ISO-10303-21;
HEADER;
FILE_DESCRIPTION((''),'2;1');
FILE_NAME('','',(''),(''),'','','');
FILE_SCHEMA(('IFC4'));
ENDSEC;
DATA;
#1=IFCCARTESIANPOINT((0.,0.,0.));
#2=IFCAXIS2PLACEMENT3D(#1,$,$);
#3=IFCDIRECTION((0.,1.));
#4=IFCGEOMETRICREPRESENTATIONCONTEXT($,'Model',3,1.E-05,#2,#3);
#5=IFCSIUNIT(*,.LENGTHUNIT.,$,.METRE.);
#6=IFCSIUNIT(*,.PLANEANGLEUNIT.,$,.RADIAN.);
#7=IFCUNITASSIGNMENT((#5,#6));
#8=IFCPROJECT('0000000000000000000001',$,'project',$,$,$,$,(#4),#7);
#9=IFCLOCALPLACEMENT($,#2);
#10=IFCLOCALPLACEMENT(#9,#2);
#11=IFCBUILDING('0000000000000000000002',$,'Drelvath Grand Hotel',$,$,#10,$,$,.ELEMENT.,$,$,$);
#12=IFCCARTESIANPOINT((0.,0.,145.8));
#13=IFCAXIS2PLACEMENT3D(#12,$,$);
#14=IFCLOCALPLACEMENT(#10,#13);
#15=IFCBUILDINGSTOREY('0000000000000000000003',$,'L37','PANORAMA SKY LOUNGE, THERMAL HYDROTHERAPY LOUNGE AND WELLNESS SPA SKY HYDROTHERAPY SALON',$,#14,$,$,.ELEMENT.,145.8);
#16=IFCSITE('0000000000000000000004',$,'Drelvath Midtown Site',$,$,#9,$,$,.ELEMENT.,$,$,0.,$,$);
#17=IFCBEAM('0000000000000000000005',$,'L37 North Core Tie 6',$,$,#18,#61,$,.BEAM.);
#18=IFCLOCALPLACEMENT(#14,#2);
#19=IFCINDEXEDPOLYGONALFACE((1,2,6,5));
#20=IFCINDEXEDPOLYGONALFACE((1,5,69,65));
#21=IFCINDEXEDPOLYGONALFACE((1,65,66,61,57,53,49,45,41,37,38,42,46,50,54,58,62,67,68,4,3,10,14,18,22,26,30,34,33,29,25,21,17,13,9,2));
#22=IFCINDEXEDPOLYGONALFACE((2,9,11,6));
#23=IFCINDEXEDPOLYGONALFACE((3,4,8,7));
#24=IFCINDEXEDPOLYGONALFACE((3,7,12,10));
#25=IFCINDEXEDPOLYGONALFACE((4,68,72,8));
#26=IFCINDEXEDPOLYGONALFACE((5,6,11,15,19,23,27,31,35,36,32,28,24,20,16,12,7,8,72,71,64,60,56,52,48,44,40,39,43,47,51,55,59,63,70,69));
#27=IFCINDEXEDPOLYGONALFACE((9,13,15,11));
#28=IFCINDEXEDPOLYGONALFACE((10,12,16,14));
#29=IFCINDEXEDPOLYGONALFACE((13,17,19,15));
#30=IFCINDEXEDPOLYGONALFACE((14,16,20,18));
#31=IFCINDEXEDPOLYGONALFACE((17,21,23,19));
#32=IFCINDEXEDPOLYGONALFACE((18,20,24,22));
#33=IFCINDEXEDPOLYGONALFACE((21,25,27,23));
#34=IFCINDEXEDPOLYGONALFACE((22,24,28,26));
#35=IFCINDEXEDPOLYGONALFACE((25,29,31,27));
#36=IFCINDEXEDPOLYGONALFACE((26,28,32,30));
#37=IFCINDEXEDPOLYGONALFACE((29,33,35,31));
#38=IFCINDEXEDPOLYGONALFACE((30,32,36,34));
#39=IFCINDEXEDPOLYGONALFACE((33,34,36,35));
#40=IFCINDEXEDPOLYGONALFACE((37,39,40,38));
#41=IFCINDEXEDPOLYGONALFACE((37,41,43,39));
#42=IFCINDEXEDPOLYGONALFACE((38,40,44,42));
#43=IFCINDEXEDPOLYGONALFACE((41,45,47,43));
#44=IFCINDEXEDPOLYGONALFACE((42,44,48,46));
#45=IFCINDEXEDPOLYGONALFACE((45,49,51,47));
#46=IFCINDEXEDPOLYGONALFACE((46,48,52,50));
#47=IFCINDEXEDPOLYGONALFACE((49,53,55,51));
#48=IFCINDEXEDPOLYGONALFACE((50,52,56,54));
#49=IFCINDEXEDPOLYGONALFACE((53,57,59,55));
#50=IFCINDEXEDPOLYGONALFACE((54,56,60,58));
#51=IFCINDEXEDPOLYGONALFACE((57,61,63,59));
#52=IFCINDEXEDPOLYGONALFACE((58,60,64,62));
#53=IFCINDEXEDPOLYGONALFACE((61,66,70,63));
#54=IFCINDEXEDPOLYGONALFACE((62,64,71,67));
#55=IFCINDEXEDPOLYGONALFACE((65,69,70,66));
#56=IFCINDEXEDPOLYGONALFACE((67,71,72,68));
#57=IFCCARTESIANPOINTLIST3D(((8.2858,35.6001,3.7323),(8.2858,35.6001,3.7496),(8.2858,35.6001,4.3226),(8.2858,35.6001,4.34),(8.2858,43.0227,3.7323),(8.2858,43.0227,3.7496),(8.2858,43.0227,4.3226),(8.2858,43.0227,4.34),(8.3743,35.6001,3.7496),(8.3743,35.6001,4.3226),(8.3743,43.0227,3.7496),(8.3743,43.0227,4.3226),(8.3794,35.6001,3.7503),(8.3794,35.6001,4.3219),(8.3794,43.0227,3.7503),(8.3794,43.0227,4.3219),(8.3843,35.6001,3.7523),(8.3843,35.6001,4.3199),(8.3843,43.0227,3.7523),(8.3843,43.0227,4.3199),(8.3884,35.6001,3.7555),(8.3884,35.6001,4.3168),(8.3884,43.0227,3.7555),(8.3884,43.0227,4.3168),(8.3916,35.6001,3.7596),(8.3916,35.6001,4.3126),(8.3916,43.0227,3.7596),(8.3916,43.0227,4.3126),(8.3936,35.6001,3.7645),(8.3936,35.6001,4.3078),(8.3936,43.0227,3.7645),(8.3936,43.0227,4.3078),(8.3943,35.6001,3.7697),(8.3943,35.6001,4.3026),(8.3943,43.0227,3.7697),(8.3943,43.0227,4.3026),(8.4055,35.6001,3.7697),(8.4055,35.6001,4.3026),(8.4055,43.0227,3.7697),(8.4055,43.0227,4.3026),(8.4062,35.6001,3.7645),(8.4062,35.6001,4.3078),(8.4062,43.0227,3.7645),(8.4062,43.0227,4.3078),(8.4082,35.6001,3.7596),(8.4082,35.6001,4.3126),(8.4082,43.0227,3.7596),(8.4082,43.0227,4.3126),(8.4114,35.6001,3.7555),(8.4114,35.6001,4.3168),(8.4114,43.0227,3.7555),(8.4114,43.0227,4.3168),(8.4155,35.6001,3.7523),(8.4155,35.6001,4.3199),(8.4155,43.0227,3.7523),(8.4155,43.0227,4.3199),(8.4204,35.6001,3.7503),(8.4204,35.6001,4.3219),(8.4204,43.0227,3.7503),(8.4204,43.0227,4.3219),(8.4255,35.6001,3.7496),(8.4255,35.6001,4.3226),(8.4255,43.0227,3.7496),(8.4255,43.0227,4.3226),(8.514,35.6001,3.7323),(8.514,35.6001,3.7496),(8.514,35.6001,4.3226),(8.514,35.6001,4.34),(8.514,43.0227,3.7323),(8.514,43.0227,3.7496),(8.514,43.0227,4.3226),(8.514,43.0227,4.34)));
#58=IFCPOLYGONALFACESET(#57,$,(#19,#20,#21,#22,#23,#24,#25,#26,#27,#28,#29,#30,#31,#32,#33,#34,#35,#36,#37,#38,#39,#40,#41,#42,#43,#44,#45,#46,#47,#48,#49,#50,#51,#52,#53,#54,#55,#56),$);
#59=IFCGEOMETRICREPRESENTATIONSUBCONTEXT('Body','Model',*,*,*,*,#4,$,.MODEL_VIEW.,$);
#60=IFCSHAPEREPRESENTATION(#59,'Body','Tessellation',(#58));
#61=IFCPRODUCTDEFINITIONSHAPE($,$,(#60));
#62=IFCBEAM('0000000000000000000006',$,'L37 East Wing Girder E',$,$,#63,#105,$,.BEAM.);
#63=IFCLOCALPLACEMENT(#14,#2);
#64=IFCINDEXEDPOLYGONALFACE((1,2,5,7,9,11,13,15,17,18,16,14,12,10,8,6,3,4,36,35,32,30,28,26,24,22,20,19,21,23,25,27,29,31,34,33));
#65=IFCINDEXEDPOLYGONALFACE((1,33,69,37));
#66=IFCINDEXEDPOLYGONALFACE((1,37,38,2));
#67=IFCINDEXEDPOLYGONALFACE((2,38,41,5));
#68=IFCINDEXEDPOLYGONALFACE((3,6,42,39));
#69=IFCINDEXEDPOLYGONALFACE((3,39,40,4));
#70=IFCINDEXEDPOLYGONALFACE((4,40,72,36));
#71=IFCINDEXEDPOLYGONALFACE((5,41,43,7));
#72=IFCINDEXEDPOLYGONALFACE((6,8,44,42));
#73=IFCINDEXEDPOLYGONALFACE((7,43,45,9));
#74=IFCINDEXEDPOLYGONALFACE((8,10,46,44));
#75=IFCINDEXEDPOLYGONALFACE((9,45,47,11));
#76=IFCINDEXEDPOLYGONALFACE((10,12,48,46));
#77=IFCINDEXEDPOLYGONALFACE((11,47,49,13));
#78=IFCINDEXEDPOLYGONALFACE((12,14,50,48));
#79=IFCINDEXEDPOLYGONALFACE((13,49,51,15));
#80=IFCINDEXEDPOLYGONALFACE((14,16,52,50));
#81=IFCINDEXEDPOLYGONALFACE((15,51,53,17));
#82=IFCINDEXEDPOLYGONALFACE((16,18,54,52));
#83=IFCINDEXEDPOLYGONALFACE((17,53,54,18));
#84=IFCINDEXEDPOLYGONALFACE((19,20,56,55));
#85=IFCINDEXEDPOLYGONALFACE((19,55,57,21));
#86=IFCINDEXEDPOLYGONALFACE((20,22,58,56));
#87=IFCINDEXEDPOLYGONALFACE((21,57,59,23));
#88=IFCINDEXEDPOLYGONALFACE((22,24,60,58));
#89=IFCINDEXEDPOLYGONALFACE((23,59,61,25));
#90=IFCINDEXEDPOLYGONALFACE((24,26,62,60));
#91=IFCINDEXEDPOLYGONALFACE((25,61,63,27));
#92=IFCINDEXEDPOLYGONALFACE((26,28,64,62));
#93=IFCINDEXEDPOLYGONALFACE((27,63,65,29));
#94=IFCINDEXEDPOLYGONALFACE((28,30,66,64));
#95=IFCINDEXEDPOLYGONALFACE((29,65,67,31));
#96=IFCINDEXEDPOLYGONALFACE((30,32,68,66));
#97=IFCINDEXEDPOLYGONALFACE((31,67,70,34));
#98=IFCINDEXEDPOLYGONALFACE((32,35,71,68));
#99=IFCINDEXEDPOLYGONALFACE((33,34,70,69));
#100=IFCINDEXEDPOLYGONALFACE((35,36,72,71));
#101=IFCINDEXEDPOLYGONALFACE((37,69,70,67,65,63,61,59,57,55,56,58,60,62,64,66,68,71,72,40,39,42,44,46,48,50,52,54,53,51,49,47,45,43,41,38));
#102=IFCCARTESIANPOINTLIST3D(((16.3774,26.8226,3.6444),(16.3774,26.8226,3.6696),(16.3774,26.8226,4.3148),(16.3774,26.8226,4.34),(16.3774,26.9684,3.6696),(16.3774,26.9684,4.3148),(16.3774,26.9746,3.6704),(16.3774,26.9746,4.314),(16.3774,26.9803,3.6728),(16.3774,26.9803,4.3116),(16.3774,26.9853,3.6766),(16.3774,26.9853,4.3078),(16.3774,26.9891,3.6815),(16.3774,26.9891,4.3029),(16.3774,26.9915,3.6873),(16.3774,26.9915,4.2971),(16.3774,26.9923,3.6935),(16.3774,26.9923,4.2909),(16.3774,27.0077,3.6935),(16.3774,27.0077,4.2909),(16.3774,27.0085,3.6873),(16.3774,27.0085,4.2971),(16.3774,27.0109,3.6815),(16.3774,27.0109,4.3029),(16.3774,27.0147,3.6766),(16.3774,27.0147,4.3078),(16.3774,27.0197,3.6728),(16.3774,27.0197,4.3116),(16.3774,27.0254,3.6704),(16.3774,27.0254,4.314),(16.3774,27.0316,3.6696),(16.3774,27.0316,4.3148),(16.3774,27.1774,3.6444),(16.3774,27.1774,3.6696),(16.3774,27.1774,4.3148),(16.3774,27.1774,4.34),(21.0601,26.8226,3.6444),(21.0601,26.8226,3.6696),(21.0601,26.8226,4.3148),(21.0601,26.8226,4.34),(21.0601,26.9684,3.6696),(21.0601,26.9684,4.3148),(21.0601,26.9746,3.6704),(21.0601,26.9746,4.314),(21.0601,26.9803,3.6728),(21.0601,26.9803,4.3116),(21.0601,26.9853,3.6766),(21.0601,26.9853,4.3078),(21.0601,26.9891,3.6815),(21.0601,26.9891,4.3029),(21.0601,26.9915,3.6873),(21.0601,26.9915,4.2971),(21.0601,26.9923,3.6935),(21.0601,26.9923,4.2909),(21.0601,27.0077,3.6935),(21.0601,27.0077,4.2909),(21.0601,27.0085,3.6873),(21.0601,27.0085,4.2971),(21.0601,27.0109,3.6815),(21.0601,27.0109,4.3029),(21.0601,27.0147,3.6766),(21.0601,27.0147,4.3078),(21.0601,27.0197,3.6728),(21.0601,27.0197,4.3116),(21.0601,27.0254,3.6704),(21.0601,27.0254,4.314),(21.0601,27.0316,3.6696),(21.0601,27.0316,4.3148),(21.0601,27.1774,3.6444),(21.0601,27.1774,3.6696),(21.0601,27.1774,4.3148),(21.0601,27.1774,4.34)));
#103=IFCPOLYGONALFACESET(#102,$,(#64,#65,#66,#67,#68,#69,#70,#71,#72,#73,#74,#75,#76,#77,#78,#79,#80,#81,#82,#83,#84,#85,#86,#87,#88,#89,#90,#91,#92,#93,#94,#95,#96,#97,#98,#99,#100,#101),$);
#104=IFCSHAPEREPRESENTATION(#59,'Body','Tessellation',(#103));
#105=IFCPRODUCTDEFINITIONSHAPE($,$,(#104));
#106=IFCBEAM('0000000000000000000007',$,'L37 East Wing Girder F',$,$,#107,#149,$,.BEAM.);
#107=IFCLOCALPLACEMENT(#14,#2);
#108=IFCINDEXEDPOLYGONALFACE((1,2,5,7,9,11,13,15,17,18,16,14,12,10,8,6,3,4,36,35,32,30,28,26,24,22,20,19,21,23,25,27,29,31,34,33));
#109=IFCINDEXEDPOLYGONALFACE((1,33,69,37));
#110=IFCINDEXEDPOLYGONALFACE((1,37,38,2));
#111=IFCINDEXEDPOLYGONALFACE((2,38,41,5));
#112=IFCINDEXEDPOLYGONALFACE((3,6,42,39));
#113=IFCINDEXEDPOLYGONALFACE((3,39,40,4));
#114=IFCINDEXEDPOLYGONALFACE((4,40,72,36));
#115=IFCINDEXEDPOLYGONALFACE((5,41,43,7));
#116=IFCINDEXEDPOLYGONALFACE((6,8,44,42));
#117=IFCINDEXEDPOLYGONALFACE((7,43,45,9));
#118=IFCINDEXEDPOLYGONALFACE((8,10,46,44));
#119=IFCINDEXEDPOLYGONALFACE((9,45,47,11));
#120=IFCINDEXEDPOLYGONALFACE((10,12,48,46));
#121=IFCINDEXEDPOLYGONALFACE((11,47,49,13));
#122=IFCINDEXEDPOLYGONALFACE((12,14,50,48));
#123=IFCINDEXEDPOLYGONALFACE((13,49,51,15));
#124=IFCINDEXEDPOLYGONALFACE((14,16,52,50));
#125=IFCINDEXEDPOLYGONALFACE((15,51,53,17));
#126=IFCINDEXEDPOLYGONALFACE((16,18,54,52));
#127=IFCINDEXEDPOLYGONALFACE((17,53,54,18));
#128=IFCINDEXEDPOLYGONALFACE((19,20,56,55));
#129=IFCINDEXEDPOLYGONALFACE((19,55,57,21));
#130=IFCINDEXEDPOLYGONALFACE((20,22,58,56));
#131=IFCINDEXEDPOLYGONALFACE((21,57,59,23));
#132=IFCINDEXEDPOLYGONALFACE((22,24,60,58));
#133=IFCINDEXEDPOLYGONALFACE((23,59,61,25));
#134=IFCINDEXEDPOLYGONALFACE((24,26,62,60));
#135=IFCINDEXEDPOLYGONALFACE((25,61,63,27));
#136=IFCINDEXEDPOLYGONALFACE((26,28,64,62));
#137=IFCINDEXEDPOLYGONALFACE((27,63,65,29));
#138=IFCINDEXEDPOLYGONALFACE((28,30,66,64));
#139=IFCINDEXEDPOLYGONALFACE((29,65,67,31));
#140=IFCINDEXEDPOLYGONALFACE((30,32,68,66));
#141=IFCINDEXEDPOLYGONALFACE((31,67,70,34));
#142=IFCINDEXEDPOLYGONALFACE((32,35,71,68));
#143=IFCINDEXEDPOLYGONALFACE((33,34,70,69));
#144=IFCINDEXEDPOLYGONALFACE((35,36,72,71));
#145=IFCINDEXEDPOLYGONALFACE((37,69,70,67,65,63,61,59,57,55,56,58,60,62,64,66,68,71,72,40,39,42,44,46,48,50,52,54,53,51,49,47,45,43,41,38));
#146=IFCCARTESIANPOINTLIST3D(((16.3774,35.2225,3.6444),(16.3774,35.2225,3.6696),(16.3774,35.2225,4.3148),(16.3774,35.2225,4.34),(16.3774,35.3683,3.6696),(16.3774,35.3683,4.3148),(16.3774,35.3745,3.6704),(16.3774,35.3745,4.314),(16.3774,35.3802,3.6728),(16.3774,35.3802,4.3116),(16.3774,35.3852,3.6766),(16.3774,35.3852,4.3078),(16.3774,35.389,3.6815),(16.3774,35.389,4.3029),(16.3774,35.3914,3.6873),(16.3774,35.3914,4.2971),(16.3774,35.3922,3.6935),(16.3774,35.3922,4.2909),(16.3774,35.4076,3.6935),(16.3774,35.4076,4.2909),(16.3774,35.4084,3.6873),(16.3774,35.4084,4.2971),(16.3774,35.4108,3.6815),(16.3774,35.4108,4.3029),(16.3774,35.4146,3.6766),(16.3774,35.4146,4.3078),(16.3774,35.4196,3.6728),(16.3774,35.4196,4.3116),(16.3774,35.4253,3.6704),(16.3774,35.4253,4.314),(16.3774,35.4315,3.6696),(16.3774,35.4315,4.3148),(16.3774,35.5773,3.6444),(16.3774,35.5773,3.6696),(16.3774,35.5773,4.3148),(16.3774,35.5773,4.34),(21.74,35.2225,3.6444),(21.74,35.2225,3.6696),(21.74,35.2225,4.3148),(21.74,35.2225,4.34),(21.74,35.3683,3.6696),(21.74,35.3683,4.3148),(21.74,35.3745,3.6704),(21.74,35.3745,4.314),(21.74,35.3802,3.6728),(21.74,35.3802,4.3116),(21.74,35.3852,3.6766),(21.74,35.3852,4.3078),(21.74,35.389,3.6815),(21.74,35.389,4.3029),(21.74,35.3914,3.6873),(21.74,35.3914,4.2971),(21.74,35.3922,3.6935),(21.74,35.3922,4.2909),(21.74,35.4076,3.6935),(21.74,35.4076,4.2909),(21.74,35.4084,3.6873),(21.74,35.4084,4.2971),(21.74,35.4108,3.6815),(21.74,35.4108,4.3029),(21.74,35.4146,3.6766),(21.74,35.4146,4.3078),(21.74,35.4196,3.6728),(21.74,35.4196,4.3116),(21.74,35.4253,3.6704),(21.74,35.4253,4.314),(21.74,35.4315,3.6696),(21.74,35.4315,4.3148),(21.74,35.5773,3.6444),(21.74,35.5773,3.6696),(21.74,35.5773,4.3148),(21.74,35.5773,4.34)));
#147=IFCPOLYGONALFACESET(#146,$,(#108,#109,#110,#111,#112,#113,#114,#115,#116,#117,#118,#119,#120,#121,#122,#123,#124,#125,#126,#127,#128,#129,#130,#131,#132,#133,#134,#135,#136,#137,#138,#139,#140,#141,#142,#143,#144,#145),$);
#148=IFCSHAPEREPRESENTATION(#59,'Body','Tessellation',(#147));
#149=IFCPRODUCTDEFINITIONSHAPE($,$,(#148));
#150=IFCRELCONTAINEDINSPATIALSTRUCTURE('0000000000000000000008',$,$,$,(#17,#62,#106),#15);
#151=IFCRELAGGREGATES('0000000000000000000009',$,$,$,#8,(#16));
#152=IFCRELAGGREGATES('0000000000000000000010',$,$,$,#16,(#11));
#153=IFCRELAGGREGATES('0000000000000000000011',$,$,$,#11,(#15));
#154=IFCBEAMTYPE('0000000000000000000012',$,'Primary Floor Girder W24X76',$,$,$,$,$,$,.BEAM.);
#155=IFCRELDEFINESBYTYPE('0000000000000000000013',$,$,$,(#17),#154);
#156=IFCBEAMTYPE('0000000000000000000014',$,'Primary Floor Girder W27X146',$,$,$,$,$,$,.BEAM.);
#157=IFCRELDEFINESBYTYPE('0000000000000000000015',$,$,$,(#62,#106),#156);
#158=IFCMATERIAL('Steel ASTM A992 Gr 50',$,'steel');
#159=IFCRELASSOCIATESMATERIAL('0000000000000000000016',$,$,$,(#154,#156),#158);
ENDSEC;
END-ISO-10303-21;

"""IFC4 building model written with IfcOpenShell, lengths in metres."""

from ifc_helpers import new_model, si_unit, direction, frame, origin, origin_2d, place, context, subcontext, project, spatial, i_section, extrude, material, material_profile, profile_set, type_object, element, save


model = new_model("IFC4")

# Units and contexts
model_context = context("Model", 3, precision=1e-05, world=origin(), true_north=direction((0.0, 1.0)))
body_context = subcontext(model_context, "Body", "Model", "MODEL_VIEW")
ifc_project = project(units=[si_unit("LENGTHUNIT", "METRE"), si_unit("PLANEANGLEUNIT", "RADIAN")], contexts=[model_context])

# Site, building, storey
site_placement = place(None, origin())
site = spatial("IfcSite", under=ifc_project, at=site_placement, Name="Drelvath Midtown Site", CompositionType="ELEMENT", RefElevation=0.0)
building_placement = place(site_placement, origin())
building = spatial("IfcBuilding", under=site, at=building_placement, Name="Drelvath Grand Hotel", CompositionType="ELEMENT")
storey_placement = place(building_placement, frame((0.0, 0.0, 145.8)))
storey = spatial("IfcBuildingStorey", under=building, at=storey_placement, Name="L37", Description="PANORAMA SKY LOUNGE, THERMAL HYDROTHERAPY LOUNGE AND WELLNESS SPA SKY HYDROTHERAPY SALON", CompositionType="ELEMENT", Elevation=145.8)

# Beams
ifc_material_1 = material(Name="Steel ASTM A992 Gr 50", Category="steel")
ifc_material_profile_1 = material_profile(ifc_material_1, i_section(OverallWidth=0.2283, OverallDepth=0.6077, WebThickness=0.0112, FlangeThickness=0.0173, FilletRadius=0.02, at=origin_2d()), Name="W24X76")
ifc_profile_set_1 = profile_set([ifc_material_profile_1], Name="Steel ASTM A992 Gr 50")
beam_type_1 = type_object("IfcBeamType", Name="Primary Floor Girder W24X76", PredefinedType="BEAM", material=ifc_profile_set_1)
for number, where, z_axis, x_axis, name in (
    (1, (8.3999, 35.6001, 4.0361), (0.0, 1.0, 0.0), (-1.0, 0.0, 0.0), "L37 North Core Tie 6"),
):
    element("IfcBeam", number, at=place(storey_placement, frame(where, z_axis=z_axis, x_axis=x_axis)), inside=storey, type_object=beam_type_1, Name=name, PredefinedType="BEAM", context=body_context, shape_type="SweptSolid", body=[
        extrude(i_section(OverallWidth=0.2283, OverallDepth=0.6077, WebThickness=0.0112, FlangeThickness=0.0173, FilletRadius=0.02, at=origin_2d()), origin(), (0.0, 0.0, 1.0), 7.4226),
    ])
ifc_material_profile_2 = material_profile(ifc_material_1, i_section(OverallWidth=0.3547, OverallDepth=0.6956, WebThickness=0.0154, FlangeThickness=0.0251, FilletRadius=0.0239, at=origin_2d()), Name="W27X146")
ifc_profile_set_2 = profile_set([ifc_material_profile_2], Name="Steel ASTM A992 Gr 50")
beam_type_2 = type_object("IfcBeamType", Name="Primary Floor Girder W27X146", PredefinedType="BEAM", material=ifc_profile_set_2)
beam_1_placement = place(storey_placement, frame((16.3774, 27.0, 3.9922), z_axis=(1.0, 0.0, 0.0), x_axis=(0.0, 1.0, 0.0)))
element("IfcBeam", 2, at=beam_1_placement, inside=storey, type_object=beam_type_2, Name="L37 East Wing Girder E", PredefinedType="BEAM", context=body_context, shape_type="SweptSolid", body=[
    extrude(i_section(OverallWidth=0.3547, OverallDepth=0.6956, WebThickness=0.0154, FlangeThickness=0.0251, FilletRadius=0.0239, at=origin_2d()), origin(), (0.0, 0.0, 1.0), 4.6826),
])
beam_2_placement = place(storey_placement, frame((16.3774, 35.3999, 3.9922), z_axis=(1.0, 0.0, 0.0), x_axis=(0.0, 1.0, 0.0)))
element("IfcBeam", 3, at=beam_2_placement, inside=storey, type_object=beam_type_2, Name="L37 East Wing Girder F", PredefinedType="BEAM", context=body_context, shape_type="SweptSolid", body=[
    extrude(i_section(OverallWidth=0.3547, OverallDepth=0.6956, WebThickness=0.0154, FlangeThickness=0.0251, FilletRadius=0.0239, at=origin_2d()), origin(), (0.0, 0.0, 1.0), 5.3625),
])

save(model, "model.ifc")
